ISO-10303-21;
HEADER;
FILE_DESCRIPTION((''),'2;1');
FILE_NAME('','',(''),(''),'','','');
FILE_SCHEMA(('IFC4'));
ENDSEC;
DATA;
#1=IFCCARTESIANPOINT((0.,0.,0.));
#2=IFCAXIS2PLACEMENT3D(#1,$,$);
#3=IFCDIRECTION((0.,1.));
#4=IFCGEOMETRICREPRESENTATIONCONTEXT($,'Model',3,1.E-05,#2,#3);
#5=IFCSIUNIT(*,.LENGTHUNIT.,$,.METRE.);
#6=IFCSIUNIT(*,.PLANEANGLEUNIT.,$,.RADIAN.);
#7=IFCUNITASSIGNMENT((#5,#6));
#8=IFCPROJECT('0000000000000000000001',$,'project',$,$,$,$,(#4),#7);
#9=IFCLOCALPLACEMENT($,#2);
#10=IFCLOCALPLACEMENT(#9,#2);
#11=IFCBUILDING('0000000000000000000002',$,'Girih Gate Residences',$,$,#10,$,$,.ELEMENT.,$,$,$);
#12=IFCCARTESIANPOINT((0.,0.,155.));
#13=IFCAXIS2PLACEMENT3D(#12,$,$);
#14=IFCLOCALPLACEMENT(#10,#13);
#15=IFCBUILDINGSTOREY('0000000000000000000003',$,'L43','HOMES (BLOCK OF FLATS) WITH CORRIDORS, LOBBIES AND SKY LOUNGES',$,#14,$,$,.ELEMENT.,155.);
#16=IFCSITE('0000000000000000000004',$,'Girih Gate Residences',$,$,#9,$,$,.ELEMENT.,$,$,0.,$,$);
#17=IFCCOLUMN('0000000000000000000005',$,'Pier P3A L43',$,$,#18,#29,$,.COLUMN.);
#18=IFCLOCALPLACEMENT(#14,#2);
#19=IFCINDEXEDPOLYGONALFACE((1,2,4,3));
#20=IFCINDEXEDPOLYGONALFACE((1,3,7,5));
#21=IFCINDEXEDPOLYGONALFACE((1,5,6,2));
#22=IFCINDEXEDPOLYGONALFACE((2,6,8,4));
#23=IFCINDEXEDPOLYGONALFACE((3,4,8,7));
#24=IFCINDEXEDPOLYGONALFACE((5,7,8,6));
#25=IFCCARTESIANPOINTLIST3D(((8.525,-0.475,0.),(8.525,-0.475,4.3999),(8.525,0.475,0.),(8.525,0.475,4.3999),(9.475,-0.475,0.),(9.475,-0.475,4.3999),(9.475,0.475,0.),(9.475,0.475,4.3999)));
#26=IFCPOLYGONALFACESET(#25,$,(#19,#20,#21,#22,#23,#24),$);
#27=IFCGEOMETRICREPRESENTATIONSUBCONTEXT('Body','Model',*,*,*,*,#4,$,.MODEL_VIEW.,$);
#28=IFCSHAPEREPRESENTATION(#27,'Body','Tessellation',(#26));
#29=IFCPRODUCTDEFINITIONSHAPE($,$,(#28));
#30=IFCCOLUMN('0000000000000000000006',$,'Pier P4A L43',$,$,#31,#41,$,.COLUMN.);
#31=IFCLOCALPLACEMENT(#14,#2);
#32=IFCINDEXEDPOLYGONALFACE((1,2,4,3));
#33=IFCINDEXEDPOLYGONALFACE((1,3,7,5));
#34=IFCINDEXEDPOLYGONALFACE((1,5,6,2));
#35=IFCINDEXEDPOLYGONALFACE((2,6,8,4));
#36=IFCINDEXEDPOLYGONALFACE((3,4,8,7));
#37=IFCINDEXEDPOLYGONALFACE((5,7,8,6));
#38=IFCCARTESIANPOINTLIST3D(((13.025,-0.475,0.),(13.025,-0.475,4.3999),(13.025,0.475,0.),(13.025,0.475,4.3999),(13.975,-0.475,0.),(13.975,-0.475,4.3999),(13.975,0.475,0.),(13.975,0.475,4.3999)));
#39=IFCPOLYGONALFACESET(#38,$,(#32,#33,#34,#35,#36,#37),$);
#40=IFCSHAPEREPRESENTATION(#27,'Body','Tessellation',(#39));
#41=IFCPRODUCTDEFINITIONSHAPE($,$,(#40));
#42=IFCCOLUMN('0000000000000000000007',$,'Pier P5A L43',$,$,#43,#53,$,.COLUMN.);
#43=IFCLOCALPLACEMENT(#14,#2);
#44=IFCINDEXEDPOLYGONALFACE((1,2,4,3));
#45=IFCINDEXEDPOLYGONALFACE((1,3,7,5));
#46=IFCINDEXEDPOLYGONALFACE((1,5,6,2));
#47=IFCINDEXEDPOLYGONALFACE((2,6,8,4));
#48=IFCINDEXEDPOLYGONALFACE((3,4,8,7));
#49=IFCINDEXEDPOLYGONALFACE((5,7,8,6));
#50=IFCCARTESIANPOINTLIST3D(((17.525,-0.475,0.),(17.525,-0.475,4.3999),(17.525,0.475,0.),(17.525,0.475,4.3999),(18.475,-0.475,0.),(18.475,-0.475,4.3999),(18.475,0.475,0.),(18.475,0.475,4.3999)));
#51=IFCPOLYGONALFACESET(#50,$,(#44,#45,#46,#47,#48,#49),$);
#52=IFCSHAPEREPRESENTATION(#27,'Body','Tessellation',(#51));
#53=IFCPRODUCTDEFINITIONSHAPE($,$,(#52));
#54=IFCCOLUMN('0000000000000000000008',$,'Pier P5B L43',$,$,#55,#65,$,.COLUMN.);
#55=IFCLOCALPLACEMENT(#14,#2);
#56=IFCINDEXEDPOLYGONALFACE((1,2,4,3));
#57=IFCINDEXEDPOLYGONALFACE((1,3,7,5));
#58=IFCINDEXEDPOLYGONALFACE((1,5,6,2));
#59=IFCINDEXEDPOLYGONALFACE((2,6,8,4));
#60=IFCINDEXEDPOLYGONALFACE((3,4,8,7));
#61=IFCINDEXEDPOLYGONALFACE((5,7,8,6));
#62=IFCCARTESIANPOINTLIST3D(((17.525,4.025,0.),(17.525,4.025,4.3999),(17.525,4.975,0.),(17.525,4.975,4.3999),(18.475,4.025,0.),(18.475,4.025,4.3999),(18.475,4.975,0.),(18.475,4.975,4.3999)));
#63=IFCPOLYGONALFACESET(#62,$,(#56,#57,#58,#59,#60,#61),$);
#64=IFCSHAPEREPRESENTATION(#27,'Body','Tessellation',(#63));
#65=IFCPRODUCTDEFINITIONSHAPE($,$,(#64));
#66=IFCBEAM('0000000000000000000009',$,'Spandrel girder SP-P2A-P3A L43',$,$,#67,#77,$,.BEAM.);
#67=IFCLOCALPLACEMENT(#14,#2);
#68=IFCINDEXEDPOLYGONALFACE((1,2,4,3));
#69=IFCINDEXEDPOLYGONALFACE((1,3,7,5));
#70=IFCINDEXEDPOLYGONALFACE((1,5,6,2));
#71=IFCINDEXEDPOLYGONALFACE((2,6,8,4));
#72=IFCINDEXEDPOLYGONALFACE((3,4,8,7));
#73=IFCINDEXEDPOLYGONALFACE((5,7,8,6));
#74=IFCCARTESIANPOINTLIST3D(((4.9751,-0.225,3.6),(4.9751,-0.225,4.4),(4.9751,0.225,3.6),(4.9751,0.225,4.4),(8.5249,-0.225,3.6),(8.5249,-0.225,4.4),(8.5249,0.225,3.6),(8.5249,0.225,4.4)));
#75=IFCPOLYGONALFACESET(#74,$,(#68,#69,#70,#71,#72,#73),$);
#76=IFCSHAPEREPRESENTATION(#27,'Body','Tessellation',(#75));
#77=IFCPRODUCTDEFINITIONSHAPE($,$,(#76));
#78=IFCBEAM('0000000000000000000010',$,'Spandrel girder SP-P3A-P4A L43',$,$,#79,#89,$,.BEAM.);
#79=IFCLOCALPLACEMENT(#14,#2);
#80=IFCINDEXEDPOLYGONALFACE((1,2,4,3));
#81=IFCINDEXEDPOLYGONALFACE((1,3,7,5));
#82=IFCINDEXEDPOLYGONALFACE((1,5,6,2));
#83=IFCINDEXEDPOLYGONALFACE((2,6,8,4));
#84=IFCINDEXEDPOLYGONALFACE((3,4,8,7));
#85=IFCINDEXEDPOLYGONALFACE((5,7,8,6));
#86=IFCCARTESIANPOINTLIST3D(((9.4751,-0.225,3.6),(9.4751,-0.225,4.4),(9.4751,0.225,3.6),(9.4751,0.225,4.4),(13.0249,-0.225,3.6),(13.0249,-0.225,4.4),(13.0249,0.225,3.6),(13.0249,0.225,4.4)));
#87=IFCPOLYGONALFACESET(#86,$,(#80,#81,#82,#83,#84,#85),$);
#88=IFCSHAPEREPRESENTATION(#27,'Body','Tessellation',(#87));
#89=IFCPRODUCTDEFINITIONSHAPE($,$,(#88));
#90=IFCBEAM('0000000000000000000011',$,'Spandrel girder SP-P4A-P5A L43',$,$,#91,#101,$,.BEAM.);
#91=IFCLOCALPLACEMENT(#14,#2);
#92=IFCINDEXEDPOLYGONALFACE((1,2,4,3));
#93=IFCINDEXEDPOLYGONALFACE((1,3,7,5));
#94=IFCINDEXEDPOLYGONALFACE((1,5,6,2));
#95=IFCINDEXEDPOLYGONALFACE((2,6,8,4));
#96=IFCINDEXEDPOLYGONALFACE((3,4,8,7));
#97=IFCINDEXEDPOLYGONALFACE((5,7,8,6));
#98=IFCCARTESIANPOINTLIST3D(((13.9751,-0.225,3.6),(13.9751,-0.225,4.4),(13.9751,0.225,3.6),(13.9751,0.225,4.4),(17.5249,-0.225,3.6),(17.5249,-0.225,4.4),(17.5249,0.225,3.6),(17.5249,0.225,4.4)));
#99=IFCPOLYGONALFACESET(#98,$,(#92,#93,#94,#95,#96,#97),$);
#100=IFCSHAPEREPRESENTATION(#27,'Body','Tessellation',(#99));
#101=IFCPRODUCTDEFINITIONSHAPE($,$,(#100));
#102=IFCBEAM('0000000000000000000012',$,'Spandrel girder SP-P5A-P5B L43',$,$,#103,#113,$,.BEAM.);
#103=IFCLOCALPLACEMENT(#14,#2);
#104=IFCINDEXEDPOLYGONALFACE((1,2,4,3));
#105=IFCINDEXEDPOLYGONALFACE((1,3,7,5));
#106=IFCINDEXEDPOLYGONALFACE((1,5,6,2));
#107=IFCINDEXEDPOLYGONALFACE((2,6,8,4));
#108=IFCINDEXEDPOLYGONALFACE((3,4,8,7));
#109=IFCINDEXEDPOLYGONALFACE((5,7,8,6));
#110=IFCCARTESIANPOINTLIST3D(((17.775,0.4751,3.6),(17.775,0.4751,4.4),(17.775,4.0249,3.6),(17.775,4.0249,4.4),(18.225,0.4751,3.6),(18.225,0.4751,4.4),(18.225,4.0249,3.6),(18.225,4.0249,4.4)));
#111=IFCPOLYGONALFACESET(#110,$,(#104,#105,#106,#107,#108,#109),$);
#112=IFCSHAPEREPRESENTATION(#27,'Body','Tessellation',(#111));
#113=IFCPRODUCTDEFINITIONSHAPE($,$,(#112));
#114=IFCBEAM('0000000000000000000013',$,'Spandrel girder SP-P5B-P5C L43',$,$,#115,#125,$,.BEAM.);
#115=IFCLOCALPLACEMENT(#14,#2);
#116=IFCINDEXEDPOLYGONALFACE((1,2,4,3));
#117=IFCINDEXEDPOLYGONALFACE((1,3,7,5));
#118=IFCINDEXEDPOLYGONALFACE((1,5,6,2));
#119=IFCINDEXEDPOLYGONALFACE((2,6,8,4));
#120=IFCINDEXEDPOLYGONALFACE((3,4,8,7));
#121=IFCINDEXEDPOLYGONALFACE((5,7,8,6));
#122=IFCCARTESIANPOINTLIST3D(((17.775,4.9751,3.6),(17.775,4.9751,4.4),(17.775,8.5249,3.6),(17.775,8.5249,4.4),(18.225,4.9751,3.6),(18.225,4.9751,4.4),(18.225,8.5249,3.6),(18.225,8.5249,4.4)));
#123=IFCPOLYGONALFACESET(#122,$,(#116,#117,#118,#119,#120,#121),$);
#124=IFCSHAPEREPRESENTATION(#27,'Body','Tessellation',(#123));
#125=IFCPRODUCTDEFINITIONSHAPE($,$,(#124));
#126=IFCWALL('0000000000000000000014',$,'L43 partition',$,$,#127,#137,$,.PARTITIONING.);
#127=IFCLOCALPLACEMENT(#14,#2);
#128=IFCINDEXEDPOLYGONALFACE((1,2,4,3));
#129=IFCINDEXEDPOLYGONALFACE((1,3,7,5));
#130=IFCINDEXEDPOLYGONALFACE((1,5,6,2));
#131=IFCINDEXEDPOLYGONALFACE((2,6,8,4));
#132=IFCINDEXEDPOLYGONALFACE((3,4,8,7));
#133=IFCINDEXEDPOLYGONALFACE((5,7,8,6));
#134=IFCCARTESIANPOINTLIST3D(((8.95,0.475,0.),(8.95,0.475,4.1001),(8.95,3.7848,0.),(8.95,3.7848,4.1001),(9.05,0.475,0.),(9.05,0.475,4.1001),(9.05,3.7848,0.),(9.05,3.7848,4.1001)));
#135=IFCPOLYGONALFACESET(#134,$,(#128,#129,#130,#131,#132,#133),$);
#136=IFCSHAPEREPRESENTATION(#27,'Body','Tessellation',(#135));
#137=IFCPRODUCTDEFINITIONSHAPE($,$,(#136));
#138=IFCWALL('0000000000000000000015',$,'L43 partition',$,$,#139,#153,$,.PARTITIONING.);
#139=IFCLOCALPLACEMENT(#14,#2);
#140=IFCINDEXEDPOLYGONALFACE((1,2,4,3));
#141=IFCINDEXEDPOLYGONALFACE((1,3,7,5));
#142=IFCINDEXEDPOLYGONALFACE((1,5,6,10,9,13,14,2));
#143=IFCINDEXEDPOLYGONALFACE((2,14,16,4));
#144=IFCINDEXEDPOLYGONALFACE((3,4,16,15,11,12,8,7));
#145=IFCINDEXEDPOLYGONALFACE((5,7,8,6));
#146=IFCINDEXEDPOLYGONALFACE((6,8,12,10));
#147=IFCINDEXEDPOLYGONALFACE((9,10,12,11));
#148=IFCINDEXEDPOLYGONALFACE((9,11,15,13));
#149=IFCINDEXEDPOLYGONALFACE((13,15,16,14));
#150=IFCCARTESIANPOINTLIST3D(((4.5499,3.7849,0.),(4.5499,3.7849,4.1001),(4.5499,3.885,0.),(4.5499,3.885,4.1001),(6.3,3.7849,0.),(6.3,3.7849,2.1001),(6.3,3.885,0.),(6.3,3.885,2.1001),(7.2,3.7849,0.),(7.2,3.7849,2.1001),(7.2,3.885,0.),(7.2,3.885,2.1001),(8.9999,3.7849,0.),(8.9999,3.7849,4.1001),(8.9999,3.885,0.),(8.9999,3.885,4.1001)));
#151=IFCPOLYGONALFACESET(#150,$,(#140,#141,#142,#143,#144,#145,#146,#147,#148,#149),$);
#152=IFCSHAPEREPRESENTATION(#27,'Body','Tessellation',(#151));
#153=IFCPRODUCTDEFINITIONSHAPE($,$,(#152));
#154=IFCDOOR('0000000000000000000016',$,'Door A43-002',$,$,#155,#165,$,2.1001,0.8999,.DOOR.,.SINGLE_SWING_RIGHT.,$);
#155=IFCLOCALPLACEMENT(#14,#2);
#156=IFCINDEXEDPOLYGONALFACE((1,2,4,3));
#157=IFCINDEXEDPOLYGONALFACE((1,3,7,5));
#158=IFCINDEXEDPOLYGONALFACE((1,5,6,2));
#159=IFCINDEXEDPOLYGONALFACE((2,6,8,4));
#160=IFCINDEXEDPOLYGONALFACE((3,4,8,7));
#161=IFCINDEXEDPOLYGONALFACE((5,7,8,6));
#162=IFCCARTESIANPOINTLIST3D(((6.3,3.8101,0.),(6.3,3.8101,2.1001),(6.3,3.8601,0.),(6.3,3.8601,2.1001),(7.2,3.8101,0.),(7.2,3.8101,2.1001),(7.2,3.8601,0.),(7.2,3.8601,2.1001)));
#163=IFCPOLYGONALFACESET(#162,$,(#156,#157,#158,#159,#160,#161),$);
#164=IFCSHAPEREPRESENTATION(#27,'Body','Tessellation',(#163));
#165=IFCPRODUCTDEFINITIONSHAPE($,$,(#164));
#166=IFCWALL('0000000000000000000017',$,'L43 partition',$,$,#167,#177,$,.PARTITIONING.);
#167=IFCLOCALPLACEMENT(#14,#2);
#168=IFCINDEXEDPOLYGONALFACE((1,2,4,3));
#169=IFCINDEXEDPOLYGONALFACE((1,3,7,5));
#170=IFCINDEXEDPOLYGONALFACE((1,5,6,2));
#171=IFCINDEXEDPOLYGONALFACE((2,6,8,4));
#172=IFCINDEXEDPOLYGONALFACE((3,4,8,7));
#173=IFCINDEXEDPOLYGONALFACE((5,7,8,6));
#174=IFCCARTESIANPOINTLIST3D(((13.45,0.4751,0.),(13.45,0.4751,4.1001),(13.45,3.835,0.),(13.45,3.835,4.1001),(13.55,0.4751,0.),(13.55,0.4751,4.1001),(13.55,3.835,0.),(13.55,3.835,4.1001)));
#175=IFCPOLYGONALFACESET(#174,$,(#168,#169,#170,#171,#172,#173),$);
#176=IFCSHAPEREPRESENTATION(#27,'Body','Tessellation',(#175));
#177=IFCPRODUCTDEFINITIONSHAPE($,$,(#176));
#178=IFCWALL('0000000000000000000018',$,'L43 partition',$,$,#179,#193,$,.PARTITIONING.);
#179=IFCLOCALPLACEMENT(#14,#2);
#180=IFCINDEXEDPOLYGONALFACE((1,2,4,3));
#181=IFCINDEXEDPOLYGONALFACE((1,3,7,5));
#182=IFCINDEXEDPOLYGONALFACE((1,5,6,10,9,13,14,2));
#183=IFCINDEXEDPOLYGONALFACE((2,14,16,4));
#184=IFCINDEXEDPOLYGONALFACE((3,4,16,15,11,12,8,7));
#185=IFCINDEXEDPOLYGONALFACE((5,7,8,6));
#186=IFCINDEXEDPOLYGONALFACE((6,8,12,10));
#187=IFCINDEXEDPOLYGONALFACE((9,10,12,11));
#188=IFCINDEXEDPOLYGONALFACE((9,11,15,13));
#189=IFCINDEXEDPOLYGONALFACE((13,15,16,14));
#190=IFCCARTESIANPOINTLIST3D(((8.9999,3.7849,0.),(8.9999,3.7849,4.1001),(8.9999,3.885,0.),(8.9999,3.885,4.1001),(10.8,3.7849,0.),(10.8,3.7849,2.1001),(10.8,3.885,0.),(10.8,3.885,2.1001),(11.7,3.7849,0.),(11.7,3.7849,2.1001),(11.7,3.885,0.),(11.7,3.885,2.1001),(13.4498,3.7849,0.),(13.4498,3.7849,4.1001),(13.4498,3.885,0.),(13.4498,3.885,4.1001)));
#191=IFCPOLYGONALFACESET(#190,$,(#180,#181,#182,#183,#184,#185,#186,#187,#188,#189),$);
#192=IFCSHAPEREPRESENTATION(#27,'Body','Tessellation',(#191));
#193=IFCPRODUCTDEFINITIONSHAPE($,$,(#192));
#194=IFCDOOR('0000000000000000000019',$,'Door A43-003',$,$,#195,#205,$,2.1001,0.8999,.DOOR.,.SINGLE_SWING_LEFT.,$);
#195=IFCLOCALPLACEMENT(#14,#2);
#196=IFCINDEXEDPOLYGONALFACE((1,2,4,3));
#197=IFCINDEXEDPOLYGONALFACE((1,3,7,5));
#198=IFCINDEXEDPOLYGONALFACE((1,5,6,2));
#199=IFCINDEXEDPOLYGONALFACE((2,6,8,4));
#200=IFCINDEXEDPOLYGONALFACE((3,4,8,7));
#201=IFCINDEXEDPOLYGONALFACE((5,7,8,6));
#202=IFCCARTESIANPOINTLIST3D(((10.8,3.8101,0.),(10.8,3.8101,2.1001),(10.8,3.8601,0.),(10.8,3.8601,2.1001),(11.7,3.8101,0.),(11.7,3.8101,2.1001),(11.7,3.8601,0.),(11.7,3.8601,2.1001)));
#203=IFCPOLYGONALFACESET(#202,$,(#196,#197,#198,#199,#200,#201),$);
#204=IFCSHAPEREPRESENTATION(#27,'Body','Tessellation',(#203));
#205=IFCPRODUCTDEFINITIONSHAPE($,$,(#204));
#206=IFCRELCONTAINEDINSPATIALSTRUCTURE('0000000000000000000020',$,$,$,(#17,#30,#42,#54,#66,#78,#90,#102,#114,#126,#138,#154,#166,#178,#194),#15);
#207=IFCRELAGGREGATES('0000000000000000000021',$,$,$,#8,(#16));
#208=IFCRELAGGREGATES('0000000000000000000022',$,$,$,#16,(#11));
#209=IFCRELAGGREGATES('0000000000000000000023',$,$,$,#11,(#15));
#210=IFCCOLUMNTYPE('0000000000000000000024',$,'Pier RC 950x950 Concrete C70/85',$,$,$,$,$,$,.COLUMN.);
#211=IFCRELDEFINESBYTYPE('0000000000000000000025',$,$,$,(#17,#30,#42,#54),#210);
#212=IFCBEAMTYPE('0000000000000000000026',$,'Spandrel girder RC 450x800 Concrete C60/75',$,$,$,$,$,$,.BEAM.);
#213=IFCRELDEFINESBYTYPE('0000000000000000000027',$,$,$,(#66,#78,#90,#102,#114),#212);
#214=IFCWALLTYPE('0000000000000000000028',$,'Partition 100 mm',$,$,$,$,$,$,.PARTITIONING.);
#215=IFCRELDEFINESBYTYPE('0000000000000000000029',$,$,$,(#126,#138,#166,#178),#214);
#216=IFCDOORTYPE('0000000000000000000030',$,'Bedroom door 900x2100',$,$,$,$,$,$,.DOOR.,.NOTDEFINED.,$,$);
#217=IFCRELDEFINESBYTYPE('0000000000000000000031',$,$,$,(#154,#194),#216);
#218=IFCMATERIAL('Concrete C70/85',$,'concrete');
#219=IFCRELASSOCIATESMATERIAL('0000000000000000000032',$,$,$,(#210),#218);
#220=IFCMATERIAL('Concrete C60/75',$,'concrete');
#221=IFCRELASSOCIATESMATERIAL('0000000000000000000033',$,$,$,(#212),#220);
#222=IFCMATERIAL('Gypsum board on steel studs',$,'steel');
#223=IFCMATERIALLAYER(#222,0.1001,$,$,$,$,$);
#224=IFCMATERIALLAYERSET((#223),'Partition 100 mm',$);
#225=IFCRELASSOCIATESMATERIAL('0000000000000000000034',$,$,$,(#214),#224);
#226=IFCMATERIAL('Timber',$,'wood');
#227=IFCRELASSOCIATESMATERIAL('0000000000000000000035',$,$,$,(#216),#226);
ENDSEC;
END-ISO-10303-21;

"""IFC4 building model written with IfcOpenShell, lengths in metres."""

from ifc_helpers import new_model, si_unit, direction, frame, frame_2d, origin, origin_2d, place, context, subcontext, project, spatial, rectangle, extrude, material, layer, layer_set, material_profile, profile_set, type_object, element, fill, save


model = new_model("IFC4")

# Units and contexts
model_context = context("Model", 3, precision=1e-05, world=origin(), true_north=direction((0.0, 1.0)))
body_context = subcontext(model_context, "Body", "Model", "MODEL_VIEW")
ifc_project = project(units=[si_unit("LENGTHUNIT", "METRE"), si_unit("PLANEANGLEUNIT", "RADIAN")], contexts=[model_context])

# Site, building, storey
site_placement = place(None, origin())
site = spatial("IfcSite", under=ifc_project, at=site_placement, Name="Girih Gate Residences", CompositionType="ELEMENT", RefElevation=0.0)
building_placement = place(site_placement, origin())
building = spatial("IfcBuilding", under=site, at=building_placement, Name="Girih Gate Residences", CompositionType="ELEMENT")
storey_placement = place(building_placement, frame((0.0, 0.0, 155.0)))
storey = spatial("IfcBuildingStorey", under=building, at=storey_placement, Name="L43", Description="HOMES (BLOCK OF FLATS) WITH CORRIDORS, LOBBIES AND SKY LOUNGES", CompositionType="ELEMENT", Elevation=155.0)

# Columns
ifc_material_1 = material(Name="Concrete C70/85", Category="concrete")
ifc_material_profile_1 = material_profile(ifc_material_1, rectangle(XDim=0.95, YDim=0.95, at=origin_2d()))
ifc_profile_set_1 = profile_set([ifc_material_profile_1], Name="Concrete C70/85")
column_type = type_object("IfcColumnType", Name="Pier RC 950x950 Concrete C70/85", PredefinedType="COLUMN", material=ifc_profile_set_1)
for number, where, z_axis, x_axis, name in (
    (1, (9.0, 0.0, 0.0), (0.0, 0.0, 1.0), (1.0, 0.0, 0.0), "Pier P3A L43"),
    (2, (13.5, 0.0, 0.0), (0.0, 0.0, 1.0), (1.0, 0.0, 0.0), "Pier P4A L43"),
    (3, (18.0, 0.0, 0.0), (0.0, 0.0, 1.0), (1.0, 0.0, 0.0), "Pier P5A L43"),
    (4, (18.0, 4.5, 0.0), (0.0, 0.0, 1.0), (1.0, 0.0, 0.0), "Pier P5B L43"),
):
    element("IfcColumn", number, at=place(storey_placement, frame(where, z_axis=z_axis, x_axis=x_axis)), inside=storey, type_object=column_type, Name=name, PredefinedType="COLUMN", context=body_context, shape_type="SweptSolid", body=[
        extrude(rectangle(XDim=0.95, YDim=0.95, at=origin_2d()), origin(), (0.0, 0.0, 1.0), 4.3999),
    ])

# Beams
ifc_material_2 = material(Name="Concrete C60/75", Category="concrete")
ifc_material_profile_2 = material_profile(ifc_material_2, rectangle(XDim=0.45, YDim=0.8, at=origin_2d()))
ifc_profile_set_2 = profile_set([ifc_material_profile_2], Name="Concrete C60/75")
beam_type = type_object("IfcBeamType", Name="Spandrel girder RC 450x800 Concrete C60/75", PredefinedType="BEAM", material=ifc_profile_set_2)
for number, where, z_axis, x_axis, name in (
    (5, (4.9751, 0.0, 4.0), (1.0, 0.0, 0.0), (0.0, 1.0, 0.0), "Spandrel girder SP-P2A-P3A L43"),
    (6, (9.4751, 0.0, 4.0), (1.0, 0.0, 0.0), (0.0, 1.0, 0.0), "Spandrel girder SP-P3A-P4A L43"),
    (7, (13.9751, 0.0, 4.0), (1.0, 0.0, 0.0), (0.0, 1.0, 0.0), "Spandrel girder SP-P4A-P5A L43"),
    (8, (18.0, 0.4751, 4.0), (0.0, 1.0, 0.0), (-1.0, 0.0, 0.0), "Spandrel girder SP-P5A-P5B L43"),
    (9, (18.0, 4.9751, 4.0), (0.0, 1.0, 0.0), (-1.0, 0.0, 0.0), "Spandrel girder SP-P5B-P5C L43"),
):
    element("IfcBeam", number, at=place(storey_placement, frame(where, z_axis=z_axis, x_axis=x_axis)), inside=storey, type_object=beam_type, Name=name, PredefinedType="BEAM", context=body_context, shape_type="SweptSolid", body=[
        extrude(rectangle(XDim=0.45, YDim=0.8, at=origin_2d()), origin(), (0.0, 0.0, 1.0), 3.5498),
    ])

# Wall
ifc_material_3 = material(Name="Gypsum board on steel studs", Category="steel")
ifc_layer_1 = layer(ifc_material_3, 0.1001)
ifc_layer_set_1 = layer_set([ifc_layer_1], Name="Partition 100 mm")
wall_type_1 = type_object("IfcWallType", Name="Partition 100 mm", PredefinedType="PARTITIONING", material=ifc_layer_set_1)
wall_1_placement = place(storey_placement, frame((9.0, 0.4751, 0.0), z_axis=(0.0, 0.0, 1.0), x_axis=(0.0, 1.0, 0.0)))
element("IfcWall", 10, at=wall_1_placement, inside=storey, type_object=wall_type_1, Name="L43 partition", PredefinedType="PARTITIONING", context=body_context, shape_type="SweptSolid", body=[
    extrude(rectangle(XDim=3.3098, YDim=0.1001, at=frame_2d((1.6548, 0.0))), origin(), (0.0, 0.0, 1.0), 4.1001),
])

# Wall, opening, door
wall_2_placement = place(storey_placement, frame((9.0, 3.835, 0.0), z_axis=(0.0, 0.0, 1.0), x_axis=(-1.0, 0.0, 0.0)))
wall_2 = element("IfcWall", 11, at=wall_2_placement, inside=storey, type_object=wall_type_1, Name="L43 partition", PredefinedType="PARTITIONING", context=body_context, shape_type="SweptSolid", body=[
    extrude(rectangle(XDim=4.45, YDim=0.1001, at=frame_2d((2.2251, 0.0))), origin(), (0.0, 0.0, 1.0), 4.1001),
])
opening_1_placement = place(wall_2_placement, frame((1.8, 0.0, 0.0)))
opening_1 = element("IfcOpeningElement", 12, at=opening_1_placement, cuts=wall_2, PredefinedType="OPENING", context=body_context, shape_type="SweptSolid", body=[
    extrude(rectangle(XDim=0.8999, YDim=2.1001, at=frame_2d((0.45, 1.05))), frame((0.0, 0.0601, 0.0), z_axis=(0.0, -1.0, 0.0), x_axis=(1.0, 0.0, 0.0)), (0.0, 0.0, 1.0), 0.1201),
])
ifc_material_4 = material(Name="Timber", Category="wood")
door_type_1 = type_object("IfcDoorType", Name="Bedroom door 900x2100", OperationType="NOTDEFINED", PredefinedType="DOOR", material=ifc_material_4)
door_1_placement = place(opening_1_placement, origin())
door_1 = element("IfcDoor", 13, at=door_1_placement, inside=storey, type_object=door_type_1, Name="Door A43-002", OperationType="SINGLE_SWING_RIGHT", OverallHeight=2.1001, OverallWidth=0.8999, PredefinedType="DOOR", context=body_context, shape_type="SweptSolid", body=[
    extrude(rectangle(XDim=0.8999, YDim=2.1001, at=frame_2d((0.45, 1.05))), frame((0.0, 0.0249, 0.0), z_axis=(0.0, -1.0, 0.0), x_axis=(1.0, 0.0, 0.0)), (0.0, 0.0, 1.0), 0.05),
])
fill(opening_1, door_1)

# Wall
wall_3_placement = place(storey_placement, frame((13.5, 0.4751, 0.0), z_axis=(0.0, 0.0, 1.0), x_axis=(0.0, 1.0, 0.0)))
element("IfcWall", 14, at=wall_3_placement, inside=storey, type_object=wall_type_1, Name="L43 partition", PredefinedType="PARTITIONING", context=body_context, shape_type="SweptSolid", body=[
    extrude(rectangle(XDim=3.3599, YDim=0.1001, at=frame_2d((1.6799, 0.0))), origin(), (0.0, 0.0, 1.0), 4.1001),
])

# Wall, opening, door
wall_4_placement = place(storey_placement, frame((13.45, 3.835, 0.0), z_axis=(0.0, 0.0, 1.0), x_axis=(-1.0, 0.0, 0.0)))
wall_4 = element("IfcWall", 15, at=wall_4_placement, inside=storey, type_object=wall_type_1, Name="L43 partition", PredefinedType="PARTITIONING", context=body_context, shape_type="SweptSolid", body=[
    extrude(rectangle(XDim=4.45, YDim=0.1001, at=frame_2d((2.2251, 0.0))), origin(), (0.0, 0.0, 1.0), 4.1001),
])
opening_2_placement = place(wall_4_placement, frame((1.75, 0.0, 0.0)))
opening_2 = element("IfcOpeningElement", 16, at=opening_2_placement, cuts=wall_4, PredefinedType="OPENING", context=body_context, shape_type="SweptSolid", body=[
    extrude(rectangle(XDim=0.8999, YDim=2.1001, at=frame_2d((0.45, 1.05))), frame((0.0, 0.0601, 0.0), z_axis=(0.0, -1.0, 0.0), x_axis=(1.0, 0.0, 0.0)), (0.0, 0.0, 1.0), 0.1201),
])
door_2_placement = place(opening_2_placement, origin())
door_2 = element("IfcDoor", 17, at=door_2_placement, inside=storey, type_object=door_type_1, Name="Door A43-003", OperationType="SINGLE_SWING_LEFT", OverallHeight=2.1001, OverallWidth=0.8999, PredefinedType="DOOR", context=body_context, shape_type="SweptSolid", body=[
    extrude(rectangle(XDim=0.8999, YDim=2.1001, at=frame_2d((0.45, 1.05))), frame((0.0, 0.0249, 0.0), z_axis=(0.0, -1.0, 0.0), x_axis=(1.0, 0.0, 0.0)), (0.0, 0.0, 1.0), 0.05),
])
fill(opening_2, door_2)

save(model, "model.ifc")
